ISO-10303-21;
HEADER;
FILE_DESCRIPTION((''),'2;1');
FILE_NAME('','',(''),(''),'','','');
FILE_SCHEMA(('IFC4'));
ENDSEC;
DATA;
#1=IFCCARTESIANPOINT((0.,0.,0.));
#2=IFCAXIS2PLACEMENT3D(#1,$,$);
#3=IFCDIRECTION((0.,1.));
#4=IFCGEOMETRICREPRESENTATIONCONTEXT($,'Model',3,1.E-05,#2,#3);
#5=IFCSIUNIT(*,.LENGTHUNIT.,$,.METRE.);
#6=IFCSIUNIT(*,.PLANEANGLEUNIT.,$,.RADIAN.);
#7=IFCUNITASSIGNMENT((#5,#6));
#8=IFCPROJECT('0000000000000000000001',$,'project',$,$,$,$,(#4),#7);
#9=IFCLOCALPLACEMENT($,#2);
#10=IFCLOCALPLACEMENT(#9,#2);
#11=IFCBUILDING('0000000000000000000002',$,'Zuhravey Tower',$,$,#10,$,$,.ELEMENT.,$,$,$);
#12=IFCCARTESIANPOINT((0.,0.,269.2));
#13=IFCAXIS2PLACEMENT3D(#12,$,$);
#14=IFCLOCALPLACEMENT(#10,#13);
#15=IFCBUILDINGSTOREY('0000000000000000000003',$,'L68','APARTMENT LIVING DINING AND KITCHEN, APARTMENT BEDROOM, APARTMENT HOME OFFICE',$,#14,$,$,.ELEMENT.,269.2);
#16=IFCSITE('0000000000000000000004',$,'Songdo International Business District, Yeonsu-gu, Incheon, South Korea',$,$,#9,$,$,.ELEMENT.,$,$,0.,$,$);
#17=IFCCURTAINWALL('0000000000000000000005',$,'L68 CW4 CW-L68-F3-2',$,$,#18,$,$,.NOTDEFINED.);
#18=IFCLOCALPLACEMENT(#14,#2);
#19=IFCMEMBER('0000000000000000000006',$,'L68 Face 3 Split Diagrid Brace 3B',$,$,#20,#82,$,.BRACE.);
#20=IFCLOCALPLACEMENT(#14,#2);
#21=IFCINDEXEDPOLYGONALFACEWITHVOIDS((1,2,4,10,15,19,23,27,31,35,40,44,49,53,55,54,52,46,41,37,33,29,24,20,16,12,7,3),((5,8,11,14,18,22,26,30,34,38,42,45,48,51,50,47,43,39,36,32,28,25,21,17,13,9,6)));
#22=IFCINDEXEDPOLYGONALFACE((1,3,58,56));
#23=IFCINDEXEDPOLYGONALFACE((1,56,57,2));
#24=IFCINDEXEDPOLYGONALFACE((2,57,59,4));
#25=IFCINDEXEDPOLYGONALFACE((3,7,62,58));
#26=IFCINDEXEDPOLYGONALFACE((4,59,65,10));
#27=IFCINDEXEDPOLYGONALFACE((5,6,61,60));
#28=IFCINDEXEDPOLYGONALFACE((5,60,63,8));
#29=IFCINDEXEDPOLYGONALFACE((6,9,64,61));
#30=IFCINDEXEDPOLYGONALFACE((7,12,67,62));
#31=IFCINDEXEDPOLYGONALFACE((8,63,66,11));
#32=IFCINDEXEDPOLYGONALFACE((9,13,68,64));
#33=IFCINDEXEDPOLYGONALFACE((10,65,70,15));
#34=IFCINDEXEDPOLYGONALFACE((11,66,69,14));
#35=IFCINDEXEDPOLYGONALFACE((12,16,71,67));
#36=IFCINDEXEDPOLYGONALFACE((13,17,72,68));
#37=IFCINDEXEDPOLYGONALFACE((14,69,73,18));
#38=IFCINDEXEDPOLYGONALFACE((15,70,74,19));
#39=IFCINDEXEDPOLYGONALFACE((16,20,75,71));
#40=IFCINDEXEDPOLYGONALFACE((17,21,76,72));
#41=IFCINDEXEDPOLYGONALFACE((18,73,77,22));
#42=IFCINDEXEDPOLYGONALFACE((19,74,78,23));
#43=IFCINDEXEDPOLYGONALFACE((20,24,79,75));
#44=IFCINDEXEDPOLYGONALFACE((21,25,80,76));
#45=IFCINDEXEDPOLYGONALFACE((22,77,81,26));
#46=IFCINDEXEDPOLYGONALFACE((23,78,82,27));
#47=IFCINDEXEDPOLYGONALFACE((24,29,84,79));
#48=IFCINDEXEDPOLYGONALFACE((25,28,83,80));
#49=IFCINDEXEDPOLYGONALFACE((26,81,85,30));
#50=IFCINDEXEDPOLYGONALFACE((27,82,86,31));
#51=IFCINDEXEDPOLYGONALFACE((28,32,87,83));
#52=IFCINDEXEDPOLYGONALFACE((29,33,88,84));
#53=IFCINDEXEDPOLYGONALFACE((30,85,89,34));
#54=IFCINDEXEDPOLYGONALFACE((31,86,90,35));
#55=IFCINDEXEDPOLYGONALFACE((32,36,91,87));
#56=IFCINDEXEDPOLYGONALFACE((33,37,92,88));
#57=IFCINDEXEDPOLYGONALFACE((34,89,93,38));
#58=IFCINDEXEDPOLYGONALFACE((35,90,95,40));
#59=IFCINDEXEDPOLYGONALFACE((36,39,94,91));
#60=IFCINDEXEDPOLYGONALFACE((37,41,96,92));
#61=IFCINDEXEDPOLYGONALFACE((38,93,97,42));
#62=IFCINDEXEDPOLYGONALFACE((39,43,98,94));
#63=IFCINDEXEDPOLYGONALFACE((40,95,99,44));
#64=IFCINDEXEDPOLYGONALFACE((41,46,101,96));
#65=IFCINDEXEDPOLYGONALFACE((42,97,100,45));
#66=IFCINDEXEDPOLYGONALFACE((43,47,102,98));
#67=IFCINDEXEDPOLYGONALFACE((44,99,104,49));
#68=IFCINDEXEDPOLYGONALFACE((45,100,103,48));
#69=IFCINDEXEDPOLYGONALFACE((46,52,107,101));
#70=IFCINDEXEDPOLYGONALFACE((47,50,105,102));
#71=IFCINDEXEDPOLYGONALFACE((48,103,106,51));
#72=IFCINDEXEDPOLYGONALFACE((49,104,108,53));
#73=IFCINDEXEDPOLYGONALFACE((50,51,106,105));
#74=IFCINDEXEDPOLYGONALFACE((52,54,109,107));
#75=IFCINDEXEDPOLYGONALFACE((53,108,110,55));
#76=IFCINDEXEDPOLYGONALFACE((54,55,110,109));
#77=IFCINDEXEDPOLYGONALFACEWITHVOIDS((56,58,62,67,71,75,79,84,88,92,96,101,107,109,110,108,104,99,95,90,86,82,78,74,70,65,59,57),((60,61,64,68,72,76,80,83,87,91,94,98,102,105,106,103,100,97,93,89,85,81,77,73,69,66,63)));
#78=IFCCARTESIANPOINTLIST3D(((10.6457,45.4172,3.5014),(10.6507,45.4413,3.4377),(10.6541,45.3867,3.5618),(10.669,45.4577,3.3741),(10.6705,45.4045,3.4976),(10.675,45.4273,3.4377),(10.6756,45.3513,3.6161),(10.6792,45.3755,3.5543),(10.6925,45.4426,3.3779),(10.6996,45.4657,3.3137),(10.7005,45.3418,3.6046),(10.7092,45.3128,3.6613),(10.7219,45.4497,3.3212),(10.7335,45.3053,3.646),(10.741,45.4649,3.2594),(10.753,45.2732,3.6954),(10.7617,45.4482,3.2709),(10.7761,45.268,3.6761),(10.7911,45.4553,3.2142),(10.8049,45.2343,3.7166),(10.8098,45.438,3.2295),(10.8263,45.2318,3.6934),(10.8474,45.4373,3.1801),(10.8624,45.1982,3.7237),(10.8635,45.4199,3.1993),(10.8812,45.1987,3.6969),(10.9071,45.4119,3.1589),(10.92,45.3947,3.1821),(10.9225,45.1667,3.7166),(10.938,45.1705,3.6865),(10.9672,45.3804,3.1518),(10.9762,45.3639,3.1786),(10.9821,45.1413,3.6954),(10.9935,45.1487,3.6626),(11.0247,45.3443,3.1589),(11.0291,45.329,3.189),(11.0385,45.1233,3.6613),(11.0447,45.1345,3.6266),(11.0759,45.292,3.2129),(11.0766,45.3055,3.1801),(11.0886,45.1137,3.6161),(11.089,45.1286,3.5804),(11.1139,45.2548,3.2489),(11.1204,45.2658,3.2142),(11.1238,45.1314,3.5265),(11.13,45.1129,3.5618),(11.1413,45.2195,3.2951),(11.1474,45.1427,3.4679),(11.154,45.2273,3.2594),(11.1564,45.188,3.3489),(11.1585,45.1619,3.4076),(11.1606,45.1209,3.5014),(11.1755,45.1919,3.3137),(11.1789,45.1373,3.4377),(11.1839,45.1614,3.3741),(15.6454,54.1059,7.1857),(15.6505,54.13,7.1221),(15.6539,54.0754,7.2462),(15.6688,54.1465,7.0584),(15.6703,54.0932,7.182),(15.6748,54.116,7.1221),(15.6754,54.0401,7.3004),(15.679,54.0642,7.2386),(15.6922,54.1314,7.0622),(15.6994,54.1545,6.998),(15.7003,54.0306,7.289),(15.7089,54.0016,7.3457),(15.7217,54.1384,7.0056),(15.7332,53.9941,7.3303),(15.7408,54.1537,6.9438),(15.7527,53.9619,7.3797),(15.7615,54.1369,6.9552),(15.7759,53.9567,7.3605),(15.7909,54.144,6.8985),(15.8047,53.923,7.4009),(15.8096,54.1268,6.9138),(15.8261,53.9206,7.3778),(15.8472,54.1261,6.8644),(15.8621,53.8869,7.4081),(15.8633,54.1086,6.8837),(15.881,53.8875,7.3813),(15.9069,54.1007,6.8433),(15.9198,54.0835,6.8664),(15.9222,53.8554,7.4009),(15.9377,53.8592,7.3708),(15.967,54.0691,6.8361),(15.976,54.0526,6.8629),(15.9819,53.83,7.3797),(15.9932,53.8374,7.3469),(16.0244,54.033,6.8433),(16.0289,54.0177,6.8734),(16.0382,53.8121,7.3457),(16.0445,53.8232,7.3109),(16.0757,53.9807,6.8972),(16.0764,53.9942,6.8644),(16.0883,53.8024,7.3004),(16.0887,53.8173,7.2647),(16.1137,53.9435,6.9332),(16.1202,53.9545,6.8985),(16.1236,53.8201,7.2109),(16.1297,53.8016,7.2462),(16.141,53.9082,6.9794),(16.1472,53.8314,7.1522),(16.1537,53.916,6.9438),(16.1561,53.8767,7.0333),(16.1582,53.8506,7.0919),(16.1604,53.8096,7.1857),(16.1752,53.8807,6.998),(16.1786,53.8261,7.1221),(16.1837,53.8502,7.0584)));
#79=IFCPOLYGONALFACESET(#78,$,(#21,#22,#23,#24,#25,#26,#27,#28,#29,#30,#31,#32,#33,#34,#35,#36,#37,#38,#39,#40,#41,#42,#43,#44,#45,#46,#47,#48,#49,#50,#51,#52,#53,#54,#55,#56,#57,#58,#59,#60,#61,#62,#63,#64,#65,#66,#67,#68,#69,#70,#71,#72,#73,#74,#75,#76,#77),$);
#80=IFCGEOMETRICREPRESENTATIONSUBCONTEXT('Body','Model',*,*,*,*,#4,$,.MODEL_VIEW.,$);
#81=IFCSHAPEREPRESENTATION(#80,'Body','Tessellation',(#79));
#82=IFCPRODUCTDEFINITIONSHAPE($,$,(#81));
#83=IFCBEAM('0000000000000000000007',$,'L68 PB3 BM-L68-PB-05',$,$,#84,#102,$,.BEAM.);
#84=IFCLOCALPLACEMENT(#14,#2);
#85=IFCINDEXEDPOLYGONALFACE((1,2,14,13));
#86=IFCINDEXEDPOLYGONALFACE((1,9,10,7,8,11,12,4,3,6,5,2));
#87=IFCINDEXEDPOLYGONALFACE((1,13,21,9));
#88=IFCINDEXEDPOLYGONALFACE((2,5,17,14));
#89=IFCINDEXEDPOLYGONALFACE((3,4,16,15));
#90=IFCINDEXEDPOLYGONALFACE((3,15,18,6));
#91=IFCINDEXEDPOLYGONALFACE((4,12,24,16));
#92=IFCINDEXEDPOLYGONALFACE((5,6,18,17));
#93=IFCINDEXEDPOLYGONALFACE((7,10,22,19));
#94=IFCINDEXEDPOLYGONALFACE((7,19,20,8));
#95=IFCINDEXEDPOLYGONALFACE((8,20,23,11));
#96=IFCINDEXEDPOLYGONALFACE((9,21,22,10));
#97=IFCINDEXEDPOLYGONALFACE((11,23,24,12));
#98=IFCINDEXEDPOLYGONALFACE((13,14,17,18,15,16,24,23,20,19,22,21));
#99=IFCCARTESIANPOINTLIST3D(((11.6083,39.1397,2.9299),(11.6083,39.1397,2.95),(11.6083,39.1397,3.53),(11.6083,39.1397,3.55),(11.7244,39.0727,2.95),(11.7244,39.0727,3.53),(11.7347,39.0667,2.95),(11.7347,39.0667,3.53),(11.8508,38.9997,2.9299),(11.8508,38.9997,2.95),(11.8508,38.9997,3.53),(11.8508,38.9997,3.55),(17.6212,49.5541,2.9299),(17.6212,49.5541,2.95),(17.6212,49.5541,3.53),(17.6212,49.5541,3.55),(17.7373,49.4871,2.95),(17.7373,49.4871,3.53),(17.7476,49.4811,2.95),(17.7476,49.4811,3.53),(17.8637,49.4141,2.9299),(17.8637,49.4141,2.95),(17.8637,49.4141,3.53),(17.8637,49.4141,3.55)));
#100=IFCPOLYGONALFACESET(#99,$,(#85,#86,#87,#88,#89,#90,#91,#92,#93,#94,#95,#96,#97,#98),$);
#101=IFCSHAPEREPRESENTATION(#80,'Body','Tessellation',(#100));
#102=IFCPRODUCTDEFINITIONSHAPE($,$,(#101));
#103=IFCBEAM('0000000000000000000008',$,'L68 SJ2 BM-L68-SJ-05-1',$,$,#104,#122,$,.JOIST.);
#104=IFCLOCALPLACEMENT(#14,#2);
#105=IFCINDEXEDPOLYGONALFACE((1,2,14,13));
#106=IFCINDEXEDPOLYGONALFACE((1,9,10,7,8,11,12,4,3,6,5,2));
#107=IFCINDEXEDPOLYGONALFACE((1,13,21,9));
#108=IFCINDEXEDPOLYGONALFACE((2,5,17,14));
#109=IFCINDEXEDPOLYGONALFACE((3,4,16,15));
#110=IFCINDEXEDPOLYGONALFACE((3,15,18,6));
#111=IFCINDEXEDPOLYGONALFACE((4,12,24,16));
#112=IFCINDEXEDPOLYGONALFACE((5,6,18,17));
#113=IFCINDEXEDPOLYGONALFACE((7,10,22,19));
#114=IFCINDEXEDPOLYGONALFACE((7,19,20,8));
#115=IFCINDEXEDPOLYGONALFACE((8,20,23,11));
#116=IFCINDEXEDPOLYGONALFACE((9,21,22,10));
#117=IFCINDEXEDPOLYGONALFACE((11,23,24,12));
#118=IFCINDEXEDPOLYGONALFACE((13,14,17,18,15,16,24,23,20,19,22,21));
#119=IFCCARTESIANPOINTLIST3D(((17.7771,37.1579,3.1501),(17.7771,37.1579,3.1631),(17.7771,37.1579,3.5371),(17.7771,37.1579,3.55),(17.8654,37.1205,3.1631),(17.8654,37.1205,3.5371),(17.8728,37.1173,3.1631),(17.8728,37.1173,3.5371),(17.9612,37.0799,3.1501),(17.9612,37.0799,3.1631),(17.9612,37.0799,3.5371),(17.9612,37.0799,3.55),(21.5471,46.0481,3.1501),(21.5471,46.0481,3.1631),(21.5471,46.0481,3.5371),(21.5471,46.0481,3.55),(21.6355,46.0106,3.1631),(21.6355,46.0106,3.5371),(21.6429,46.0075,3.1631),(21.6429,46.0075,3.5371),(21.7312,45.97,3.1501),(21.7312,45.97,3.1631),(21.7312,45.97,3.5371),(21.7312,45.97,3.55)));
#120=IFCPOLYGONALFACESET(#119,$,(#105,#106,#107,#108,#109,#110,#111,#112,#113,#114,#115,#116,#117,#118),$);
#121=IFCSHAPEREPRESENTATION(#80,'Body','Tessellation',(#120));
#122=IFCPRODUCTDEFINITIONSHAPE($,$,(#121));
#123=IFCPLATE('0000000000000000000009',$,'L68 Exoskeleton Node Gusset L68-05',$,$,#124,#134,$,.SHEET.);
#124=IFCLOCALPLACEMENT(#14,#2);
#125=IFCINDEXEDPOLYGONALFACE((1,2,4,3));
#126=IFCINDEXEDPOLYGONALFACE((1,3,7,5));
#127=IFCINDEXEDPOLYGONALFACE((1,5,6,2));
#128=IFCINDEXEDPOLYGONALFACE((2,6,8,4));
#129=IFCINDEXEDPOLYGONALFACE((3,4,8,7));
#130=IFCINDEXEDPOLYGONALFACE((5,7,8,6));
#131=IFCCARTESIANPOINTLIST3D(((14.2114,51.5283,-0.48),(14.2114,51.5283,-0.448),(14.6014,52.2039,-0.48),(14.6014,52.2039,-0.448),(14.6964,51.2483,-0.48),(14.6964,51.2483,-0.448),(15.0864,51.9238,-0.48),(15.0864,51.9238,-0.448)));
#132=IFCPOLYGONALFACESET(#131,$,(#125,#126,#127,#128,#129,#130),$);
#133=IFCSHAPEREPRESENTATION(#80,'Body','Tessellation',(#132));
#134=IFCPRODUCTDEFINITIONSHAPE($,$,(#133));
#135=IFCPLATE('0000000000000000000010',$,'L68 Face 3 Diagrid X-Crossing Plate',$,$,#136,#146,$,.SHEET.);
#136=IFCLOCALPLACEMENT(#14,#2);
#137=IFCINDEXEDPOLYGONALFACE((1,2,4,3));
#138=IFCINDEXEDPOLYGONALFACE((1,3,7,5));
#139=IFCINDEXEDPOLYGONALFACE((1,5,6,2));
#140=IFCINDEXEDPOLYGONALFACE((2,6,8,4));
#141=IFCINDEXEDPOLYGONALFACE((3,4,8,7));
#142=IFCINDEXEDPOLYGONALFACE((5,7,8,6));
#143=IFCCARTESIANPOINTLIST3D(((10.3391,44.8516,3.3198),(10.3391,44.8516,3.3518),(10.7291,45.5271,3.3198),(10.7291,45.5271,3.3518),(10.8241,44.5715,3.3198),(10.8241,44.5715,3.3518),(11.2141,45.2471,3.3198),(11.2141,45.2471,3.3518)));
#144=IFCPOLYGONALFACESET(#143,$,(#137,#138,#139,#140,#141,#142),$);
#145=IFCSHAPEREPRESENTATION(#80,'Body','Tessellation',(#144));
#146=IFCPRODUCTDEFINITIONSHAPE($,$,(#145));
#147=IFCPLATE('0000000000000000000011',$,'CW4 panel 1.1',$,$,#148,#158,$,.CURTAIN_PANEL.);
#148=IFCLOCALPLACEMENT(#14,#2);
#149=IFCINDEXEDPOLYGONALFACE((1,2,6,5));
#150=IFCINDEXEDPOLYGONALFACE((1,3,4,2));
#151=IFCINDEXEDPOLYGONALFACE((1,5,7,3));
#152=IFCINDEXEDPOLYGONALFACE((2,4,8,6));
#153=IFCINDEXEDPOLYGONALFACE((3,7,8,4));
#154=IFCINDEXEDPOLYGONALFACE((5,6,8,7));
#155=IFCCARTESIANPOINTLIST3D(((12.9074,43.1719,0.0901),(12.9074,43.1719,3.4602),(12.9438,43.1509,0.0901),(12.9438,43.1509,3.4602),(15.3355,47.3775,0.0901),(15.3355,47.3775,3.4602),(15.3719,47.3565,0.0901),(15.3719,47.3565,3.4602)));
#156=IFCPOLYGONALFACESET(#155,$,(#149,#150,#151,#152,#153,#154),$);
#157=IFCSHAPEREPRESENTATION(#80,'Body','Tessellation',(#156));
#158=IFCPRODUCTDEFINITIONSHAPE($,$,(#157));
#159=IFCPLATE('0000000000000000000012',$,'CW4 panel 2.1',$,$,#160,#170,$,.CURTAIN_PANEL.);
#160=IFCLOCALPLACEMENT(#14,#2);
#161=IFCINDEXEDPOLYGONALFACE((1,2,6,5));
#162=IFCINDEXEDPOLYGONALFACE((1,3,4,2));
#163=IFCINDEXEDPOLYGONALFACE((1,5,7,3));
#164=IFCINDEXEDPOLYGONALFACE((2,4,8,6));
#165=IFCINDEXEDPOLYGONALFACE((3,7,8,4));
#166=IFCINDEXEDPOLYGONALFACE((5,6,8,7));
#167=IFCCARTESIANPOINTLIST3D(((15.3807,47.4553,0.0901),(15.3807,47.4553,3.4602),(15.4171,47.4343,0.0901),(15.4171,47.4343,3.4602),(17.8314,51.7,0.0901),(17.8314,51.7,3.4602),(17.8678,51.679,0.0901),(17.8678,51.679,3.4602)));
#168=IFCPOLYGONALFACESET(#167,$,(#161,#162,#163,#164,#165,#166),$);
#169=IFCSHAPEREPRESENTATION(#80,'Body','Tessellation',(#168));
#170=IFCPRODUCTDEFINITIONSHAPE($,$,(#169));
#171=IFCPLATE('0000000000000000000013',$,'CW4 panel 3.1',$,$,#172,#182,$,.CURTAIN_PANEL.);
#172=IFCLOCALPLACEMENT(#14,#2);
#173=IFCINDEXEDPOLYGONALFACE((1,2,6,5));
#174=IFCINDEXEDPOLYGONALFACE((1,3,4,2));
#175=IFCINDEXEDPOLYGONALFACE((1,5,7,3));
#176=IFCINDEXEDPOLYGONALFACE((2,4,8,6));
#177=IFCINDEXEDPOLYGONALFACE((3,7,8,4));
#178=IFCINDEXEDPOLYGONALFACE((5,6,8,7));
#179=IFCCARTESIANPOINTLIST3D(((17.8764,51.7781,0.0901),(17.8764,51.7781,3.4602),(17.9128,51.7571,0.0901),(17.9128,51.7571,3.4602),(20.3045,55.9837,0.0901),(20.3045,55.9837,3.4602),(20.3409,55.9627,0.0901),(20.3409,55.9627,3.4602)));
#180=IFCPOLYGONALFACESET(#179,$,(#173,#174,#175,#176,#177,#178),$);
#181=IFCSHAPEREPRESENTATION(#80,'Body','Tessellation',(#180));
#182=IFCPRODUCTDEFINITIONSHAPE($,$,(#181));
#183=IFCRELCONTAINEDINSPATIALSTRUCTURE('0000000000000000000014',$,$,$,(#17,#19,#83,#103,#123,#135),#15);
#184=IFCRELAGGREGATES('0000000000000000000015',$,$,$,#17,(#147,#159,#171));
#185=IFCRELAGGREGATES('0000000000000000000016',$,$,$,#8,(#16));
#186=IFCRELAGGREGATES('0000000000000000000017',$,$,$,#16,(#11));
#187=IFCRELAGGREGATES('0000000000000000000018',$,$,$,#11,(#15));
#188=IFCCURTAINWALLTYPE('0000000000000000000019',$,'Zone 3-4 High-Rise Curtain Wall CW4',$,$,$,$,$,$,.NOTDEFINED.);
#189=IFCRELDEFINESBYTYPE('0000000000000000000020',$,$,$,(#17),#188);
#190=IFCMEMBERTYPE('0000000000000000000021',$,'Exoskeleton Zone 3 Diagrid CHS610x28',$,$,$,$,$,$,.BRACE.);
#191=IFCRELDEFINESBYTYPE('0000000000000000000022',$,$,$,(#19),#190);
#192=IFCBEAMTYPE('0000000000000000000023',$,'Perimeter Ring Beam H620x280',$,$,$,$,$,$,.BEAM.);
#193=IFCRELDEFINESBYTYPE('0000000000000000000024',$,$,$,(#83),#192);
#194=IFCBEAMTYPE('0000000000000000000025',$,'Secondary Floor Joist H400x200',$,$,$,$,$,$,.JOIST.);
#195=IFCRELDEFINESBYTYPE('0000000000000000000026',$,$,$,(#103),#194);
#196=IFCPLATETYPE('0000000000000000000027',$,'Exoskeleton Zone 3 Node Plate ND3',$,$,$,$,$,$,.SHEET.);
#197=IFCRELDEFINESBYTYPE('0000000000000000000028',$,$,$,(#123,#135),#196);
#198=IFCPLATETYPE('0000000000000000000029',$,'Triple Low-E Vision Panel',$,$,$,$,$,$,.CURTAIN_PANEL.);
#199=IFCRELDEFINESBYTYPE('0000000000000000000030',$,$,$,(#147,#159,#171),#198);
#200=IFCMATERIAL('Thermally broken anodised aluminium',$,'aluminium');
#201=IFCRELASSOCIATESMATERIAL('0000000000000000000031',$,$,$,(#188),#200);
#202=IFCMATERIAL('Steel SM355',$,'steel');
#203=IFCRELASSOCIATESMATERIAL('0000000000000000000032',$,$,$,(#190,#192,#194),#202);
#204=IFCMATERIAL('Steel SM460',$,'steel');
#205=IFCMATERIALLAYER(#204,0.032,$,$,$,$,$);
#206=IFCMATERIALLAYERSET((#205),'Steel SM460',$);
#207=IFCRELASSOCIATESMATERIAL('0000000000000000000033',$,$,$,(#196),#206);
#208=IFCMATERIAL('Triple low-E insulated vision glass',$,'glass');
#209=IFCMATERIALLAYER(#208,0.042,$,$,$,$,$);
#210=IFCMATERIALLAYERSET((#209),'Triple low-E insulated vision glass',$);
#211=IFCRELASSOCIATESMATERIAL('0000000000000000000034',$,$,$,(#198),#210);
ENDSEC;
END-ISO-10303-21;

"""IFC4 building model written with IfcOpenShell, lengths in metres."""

from ifc_helpers import new_model, si_unit, direction, frame, origin, origin_2d, place, context, subcontext, project, spatial, rectangle, hollow_circle, i_section, extrude, material, layer, layer_set, material_profile, profile_set, type_object, element, aggregate, save


model = new_model("IFC4")

# Units and contexts
model_context = context("Model", 3, precision=1e-05, world=origin(), true_north=direction((0.0, 1.0)))
body_context = subcontext(model_context, "Body", "Model", "MODEL_VIEW")
ifc_project = project(units=[si_unit("LENGTHUNIT", "METRE"), si_unit("PLANEANGLEUNIT", "RADIAN")], contexts=[model_context])

# Site, building, storey
site_placement = place(None, origin())
site = spatial("IfcSite", under=ifc_project, at=site_placement, Name="Songdo International Business District, Yeonsu-gu, Incheon, South Korea", CompositionType="ELEMENT", RefElevation=0.0)
building_placement = place(site_placement, origin())
building = spatial("IfcBuilding", under=site, at=building_placement, Name="Zuhravey Tower", CompositionType="ELEMENT")
storey_placement = place(building_placement, frame((0.0, 0.0, 269.2)))
storey = spatial("IfcBuildingStorey", under=building, at=storey_placement, Name="L68", Description="APARTMENT LIVING DINING AND KITCHEN, APARTMENT BEDROOM, APARTMENT HOME OFFICE", CompositionType="ELEMENT", Elevation=269.2)

# Curtain wall
ifc_material_1 = material(Name="Thermally broken anodised aluminium", Category="aluminium")
curtain_wall_type = type_object("IfcCurtainWallType", Name="Zone 3-4 High-Rise Curtain Wall CW4", PredefinedType="NOTDEFINED", material=ifc_material_1)
curtain_wall_placement = place(storey_placement, origin())
curtain_wall = element("IfcCurtainWall", 1, at=curtain_wall_placement, inside=storey, type_object=curtain_wall_type, Name="L68 CW4 CW-L68-F3-2", PredefinedType="NOTDEFINED")

# Member
ifc_material_2 = material(Name="Steel SM355", Category="steel")
ifc_material_profile_1 = material_profile(ifc_material_2, hollow_circle(Radius=0.3047, WallThickness=0.0281, at=origin_2d()), Name="CHS-609.6x28")
ifc_profile_set_1 = profile_set([ifc_material_profile_1], Name="Steel SM355")
member_type_1 = type_object("IfcMemberType", Name="Exoskeleton Zone 3 Diagrid CHS610x28", PredefinedType="BRACE", material=ifc_profile_set_1)
member_1_placement = place(storey_placement, frame((10.9148, 45.2893, 3.4377), z_axis=(0.468135, 0.813539, 0.344969), x_axis=(-0.866745, 0.498752, 0.0)))
element("IfcMember", 2, at=member_1_placement, inside=storey, type_object=member_type_1, Name="L68 Face 3 Split Diagrid Brace 3B", PredefinedType="BRACE", context=body_context, shape_type="SweptSolid", body=[
    extrude(hollow_circle(Radius=0.3047, WallThickness=0.0281, at=origin_2d()), origin(), (0.0, 0.0, 1.0), 10.6802),
])

# Beams
ifc_material_profile_2 = material_profile(ifc_material_2, i_section(OverallWidth=0.28, OverallDepth=0.6201, WebThickness=0.012, FlangeThickness=0.02, at=origin_2d()), Name="H-620x280x12x20")
ifc_profile_set_2 = profile_set([ifc_material_profile_2], Name="Steel SM355")
beam_type_1 = type_object("IfcBeamType", Name="Perimeter Ring Beam H620x280", PredefinedType="BEAM", material=ifc_profile_set_2)
beam_1_placement = place(storey_placement, frame((17.7424, 49.4841, 3.24), z_axis=(-0.500006, -0.866022, 0.0), x_axis=(0.866022, -0.500006, 0.0)))
element("IfcBeam", 3, at=beam_1_placement, inside=storey, type_object=beam_type_1, Name="L68 PB3 BM-L68-PB-05", PredefinedType="BEAM", context=body_context, shape_type="SweptSolid", body=[
    extrude(i_section(OverallWidth=0.28, OverallDepth=0.6201, WebThickness=0.012, FlangeThickness=0.02, at=origin_2d()), origin(), (0.0, 0.0, 1.0), 12.0256),
])
ifc_material_profile_3 = material_profile(ifc_material_2, i_section(OverallWidth=0.2, OverallDepth=0.3999, WebThickness=0.0081, FlangeThickness=0.0129, at=origin_2d()), Name="H-400x200x8x13")
ifc_profile_set_3 = profile_set([ifc_material_profile_3], Name="Steel SM355")
beam_type_2 = type_object("IfcBeamType", Name="Secondary Floor Joist H400x200", PredefinedType="JOIST", material=ifc_profile_set_3)
beam_2_placement = place(storey_placement, frame((21.6392, 46.009, 3.3501), z_axis=(-0.390413, -0.92064, 0.0), x_axis=(0.92064, -0.390413, 0.0)))
element("IfcBeam", 4, at=beam_2_placement, inside=storey, type_object=beam_type_2, Name="L68 SJ2 BM-L68-SJ-05-1", PredefinedType="JOIST", context=body_context, shape_type="SweptSolid", body=[
    extrude(i_section(OverallWidth=0.2, OverallDepth=0.3999, WebThickness=0.0081, FlangeThickness=0.0129, at=origin_2d()), origin(), (0.0, 0.0, 1.0), 9.6565),
])

# Plates
ifc_material_3 = material(Name="Steel SM460", Category="steel")
ifc_layer_1 = layer(ifc_material_3, 0.032)
ifc_layer_set_1 = layer_set([ifc_layer_1], Name="Steel SM460")
plate_type_1 = type_object("IfcPlateType", Name="Exoskeleton Zone 3 Node Plate ND3", PredefinedType="SHEET", material=ifc_layer_set_1)
for number, where, z_axis, x_axis, name in (
    (5, (14.6489, 51.7261, -0.48), (0.0, 0.0, 1.0), (-0.5, -0.866025, 0.0), "L68 Exoskeleton Node Gusset L68-05"),
    (6, (10.7766, 45.0493, 3.3198), (0.0, 0.0, 1.0), (-0.5, -0.866025, 0.0), "L68 Face 3 Diagrid X-Crossing Plate"),
):
    element("IfcPlate", number, at=place(storey_placement, frame(where, z_axis=z_axis, x_axis=x_axis)), inside=storey, type_object=plate_type_1, Name=name, PredefinedType="SHEET", context=body_context, shape_type="SweptSolid", body=[
        extrude(rectangle(XDim=0.78, YDim=0.5601, at=origin_2d()), origin(), (0.0, 0.0, 1.0), 0.032),
    ])

# Plates
ifc_material_4 = material(Name="Triple low-E insulated vision glass", Category="glass")
ifc_layer_2 = layer(ifc_material_4, 0.042)
ifc_layer_set_2 = layer_set([ifc_layer_2], Name="Triple low-E insulated vision glass")
plate_type_2 = type_object("IfcPlateType", Name="Triple Low-E Vision Panel", PredefinedType="CURTAIN_PANEL", material=ifc_layer_set_2)
plate_1_placement = place(storey_placement, frame((14.1396, 45.2642, 0.0901), z_axis=(0.0, 0.0, 1.0), x_axis=(0.5, 0.866026, 0.0)))
plate_1 = element("IfcPlate", 7, at=plate_1_placement, type_object=plate_type_2, Name="CW4 panel 1.1", PredefinedType="CURTAIN_PANEL", context=body_context, shape_type="SweptSolid", body=[
    extrude(rectangle(XDim=4.8562, YDim=0.042, at=origin_2d()), origin(), (0.0, 0.0, 1.0), 3.3701),
])
plate_2_placement = place(storey_placement, frame((16.6243, 49.5671, 0.0901), z_axis=(0.0, 0.0, 1.0), x_axis=(0.5, 0.866026, 0.0)))
plate_2 = element("IfcPlate", 8, at=plate_2_placement, type_object=plate_type_2, Name="CW4 panel 2.1", PredefinedType="CURTAIN_PANEL", context=body_context, shape_type="SweptSolid", body=[
    extrude(rectangle(XDim=4.9014, YDim=0.042, at=origin_2d()), origin(), (0.0, 0.0, 1.0), 3.3701),
])
plate_3_placement = place(storey_placement, frame((19.1086, 53.8704, 0.0901), z_axis=(0.0, 0.0, 1.0), x_axis=(0.5, 0.866026, 0.0)))
plate_3 = element("IfcPlate", 9, at=plate_3_placement, type_object=plate_type_2, Name="CW4 panel 3.1", PredefinedType="CURTAIN_PANEL", context=body_context, shape_type="SweptSolid", body=[
    extrude(rectangle(XDim=4.8562, YDim=0.042, at=origin_2d()), origin(), (0.0, 0.0, 1.0), 3.3701),
])
aggregate(curtain_wall, [plate_1, plate_2, plate_3])

save(model, "model.ifc")
